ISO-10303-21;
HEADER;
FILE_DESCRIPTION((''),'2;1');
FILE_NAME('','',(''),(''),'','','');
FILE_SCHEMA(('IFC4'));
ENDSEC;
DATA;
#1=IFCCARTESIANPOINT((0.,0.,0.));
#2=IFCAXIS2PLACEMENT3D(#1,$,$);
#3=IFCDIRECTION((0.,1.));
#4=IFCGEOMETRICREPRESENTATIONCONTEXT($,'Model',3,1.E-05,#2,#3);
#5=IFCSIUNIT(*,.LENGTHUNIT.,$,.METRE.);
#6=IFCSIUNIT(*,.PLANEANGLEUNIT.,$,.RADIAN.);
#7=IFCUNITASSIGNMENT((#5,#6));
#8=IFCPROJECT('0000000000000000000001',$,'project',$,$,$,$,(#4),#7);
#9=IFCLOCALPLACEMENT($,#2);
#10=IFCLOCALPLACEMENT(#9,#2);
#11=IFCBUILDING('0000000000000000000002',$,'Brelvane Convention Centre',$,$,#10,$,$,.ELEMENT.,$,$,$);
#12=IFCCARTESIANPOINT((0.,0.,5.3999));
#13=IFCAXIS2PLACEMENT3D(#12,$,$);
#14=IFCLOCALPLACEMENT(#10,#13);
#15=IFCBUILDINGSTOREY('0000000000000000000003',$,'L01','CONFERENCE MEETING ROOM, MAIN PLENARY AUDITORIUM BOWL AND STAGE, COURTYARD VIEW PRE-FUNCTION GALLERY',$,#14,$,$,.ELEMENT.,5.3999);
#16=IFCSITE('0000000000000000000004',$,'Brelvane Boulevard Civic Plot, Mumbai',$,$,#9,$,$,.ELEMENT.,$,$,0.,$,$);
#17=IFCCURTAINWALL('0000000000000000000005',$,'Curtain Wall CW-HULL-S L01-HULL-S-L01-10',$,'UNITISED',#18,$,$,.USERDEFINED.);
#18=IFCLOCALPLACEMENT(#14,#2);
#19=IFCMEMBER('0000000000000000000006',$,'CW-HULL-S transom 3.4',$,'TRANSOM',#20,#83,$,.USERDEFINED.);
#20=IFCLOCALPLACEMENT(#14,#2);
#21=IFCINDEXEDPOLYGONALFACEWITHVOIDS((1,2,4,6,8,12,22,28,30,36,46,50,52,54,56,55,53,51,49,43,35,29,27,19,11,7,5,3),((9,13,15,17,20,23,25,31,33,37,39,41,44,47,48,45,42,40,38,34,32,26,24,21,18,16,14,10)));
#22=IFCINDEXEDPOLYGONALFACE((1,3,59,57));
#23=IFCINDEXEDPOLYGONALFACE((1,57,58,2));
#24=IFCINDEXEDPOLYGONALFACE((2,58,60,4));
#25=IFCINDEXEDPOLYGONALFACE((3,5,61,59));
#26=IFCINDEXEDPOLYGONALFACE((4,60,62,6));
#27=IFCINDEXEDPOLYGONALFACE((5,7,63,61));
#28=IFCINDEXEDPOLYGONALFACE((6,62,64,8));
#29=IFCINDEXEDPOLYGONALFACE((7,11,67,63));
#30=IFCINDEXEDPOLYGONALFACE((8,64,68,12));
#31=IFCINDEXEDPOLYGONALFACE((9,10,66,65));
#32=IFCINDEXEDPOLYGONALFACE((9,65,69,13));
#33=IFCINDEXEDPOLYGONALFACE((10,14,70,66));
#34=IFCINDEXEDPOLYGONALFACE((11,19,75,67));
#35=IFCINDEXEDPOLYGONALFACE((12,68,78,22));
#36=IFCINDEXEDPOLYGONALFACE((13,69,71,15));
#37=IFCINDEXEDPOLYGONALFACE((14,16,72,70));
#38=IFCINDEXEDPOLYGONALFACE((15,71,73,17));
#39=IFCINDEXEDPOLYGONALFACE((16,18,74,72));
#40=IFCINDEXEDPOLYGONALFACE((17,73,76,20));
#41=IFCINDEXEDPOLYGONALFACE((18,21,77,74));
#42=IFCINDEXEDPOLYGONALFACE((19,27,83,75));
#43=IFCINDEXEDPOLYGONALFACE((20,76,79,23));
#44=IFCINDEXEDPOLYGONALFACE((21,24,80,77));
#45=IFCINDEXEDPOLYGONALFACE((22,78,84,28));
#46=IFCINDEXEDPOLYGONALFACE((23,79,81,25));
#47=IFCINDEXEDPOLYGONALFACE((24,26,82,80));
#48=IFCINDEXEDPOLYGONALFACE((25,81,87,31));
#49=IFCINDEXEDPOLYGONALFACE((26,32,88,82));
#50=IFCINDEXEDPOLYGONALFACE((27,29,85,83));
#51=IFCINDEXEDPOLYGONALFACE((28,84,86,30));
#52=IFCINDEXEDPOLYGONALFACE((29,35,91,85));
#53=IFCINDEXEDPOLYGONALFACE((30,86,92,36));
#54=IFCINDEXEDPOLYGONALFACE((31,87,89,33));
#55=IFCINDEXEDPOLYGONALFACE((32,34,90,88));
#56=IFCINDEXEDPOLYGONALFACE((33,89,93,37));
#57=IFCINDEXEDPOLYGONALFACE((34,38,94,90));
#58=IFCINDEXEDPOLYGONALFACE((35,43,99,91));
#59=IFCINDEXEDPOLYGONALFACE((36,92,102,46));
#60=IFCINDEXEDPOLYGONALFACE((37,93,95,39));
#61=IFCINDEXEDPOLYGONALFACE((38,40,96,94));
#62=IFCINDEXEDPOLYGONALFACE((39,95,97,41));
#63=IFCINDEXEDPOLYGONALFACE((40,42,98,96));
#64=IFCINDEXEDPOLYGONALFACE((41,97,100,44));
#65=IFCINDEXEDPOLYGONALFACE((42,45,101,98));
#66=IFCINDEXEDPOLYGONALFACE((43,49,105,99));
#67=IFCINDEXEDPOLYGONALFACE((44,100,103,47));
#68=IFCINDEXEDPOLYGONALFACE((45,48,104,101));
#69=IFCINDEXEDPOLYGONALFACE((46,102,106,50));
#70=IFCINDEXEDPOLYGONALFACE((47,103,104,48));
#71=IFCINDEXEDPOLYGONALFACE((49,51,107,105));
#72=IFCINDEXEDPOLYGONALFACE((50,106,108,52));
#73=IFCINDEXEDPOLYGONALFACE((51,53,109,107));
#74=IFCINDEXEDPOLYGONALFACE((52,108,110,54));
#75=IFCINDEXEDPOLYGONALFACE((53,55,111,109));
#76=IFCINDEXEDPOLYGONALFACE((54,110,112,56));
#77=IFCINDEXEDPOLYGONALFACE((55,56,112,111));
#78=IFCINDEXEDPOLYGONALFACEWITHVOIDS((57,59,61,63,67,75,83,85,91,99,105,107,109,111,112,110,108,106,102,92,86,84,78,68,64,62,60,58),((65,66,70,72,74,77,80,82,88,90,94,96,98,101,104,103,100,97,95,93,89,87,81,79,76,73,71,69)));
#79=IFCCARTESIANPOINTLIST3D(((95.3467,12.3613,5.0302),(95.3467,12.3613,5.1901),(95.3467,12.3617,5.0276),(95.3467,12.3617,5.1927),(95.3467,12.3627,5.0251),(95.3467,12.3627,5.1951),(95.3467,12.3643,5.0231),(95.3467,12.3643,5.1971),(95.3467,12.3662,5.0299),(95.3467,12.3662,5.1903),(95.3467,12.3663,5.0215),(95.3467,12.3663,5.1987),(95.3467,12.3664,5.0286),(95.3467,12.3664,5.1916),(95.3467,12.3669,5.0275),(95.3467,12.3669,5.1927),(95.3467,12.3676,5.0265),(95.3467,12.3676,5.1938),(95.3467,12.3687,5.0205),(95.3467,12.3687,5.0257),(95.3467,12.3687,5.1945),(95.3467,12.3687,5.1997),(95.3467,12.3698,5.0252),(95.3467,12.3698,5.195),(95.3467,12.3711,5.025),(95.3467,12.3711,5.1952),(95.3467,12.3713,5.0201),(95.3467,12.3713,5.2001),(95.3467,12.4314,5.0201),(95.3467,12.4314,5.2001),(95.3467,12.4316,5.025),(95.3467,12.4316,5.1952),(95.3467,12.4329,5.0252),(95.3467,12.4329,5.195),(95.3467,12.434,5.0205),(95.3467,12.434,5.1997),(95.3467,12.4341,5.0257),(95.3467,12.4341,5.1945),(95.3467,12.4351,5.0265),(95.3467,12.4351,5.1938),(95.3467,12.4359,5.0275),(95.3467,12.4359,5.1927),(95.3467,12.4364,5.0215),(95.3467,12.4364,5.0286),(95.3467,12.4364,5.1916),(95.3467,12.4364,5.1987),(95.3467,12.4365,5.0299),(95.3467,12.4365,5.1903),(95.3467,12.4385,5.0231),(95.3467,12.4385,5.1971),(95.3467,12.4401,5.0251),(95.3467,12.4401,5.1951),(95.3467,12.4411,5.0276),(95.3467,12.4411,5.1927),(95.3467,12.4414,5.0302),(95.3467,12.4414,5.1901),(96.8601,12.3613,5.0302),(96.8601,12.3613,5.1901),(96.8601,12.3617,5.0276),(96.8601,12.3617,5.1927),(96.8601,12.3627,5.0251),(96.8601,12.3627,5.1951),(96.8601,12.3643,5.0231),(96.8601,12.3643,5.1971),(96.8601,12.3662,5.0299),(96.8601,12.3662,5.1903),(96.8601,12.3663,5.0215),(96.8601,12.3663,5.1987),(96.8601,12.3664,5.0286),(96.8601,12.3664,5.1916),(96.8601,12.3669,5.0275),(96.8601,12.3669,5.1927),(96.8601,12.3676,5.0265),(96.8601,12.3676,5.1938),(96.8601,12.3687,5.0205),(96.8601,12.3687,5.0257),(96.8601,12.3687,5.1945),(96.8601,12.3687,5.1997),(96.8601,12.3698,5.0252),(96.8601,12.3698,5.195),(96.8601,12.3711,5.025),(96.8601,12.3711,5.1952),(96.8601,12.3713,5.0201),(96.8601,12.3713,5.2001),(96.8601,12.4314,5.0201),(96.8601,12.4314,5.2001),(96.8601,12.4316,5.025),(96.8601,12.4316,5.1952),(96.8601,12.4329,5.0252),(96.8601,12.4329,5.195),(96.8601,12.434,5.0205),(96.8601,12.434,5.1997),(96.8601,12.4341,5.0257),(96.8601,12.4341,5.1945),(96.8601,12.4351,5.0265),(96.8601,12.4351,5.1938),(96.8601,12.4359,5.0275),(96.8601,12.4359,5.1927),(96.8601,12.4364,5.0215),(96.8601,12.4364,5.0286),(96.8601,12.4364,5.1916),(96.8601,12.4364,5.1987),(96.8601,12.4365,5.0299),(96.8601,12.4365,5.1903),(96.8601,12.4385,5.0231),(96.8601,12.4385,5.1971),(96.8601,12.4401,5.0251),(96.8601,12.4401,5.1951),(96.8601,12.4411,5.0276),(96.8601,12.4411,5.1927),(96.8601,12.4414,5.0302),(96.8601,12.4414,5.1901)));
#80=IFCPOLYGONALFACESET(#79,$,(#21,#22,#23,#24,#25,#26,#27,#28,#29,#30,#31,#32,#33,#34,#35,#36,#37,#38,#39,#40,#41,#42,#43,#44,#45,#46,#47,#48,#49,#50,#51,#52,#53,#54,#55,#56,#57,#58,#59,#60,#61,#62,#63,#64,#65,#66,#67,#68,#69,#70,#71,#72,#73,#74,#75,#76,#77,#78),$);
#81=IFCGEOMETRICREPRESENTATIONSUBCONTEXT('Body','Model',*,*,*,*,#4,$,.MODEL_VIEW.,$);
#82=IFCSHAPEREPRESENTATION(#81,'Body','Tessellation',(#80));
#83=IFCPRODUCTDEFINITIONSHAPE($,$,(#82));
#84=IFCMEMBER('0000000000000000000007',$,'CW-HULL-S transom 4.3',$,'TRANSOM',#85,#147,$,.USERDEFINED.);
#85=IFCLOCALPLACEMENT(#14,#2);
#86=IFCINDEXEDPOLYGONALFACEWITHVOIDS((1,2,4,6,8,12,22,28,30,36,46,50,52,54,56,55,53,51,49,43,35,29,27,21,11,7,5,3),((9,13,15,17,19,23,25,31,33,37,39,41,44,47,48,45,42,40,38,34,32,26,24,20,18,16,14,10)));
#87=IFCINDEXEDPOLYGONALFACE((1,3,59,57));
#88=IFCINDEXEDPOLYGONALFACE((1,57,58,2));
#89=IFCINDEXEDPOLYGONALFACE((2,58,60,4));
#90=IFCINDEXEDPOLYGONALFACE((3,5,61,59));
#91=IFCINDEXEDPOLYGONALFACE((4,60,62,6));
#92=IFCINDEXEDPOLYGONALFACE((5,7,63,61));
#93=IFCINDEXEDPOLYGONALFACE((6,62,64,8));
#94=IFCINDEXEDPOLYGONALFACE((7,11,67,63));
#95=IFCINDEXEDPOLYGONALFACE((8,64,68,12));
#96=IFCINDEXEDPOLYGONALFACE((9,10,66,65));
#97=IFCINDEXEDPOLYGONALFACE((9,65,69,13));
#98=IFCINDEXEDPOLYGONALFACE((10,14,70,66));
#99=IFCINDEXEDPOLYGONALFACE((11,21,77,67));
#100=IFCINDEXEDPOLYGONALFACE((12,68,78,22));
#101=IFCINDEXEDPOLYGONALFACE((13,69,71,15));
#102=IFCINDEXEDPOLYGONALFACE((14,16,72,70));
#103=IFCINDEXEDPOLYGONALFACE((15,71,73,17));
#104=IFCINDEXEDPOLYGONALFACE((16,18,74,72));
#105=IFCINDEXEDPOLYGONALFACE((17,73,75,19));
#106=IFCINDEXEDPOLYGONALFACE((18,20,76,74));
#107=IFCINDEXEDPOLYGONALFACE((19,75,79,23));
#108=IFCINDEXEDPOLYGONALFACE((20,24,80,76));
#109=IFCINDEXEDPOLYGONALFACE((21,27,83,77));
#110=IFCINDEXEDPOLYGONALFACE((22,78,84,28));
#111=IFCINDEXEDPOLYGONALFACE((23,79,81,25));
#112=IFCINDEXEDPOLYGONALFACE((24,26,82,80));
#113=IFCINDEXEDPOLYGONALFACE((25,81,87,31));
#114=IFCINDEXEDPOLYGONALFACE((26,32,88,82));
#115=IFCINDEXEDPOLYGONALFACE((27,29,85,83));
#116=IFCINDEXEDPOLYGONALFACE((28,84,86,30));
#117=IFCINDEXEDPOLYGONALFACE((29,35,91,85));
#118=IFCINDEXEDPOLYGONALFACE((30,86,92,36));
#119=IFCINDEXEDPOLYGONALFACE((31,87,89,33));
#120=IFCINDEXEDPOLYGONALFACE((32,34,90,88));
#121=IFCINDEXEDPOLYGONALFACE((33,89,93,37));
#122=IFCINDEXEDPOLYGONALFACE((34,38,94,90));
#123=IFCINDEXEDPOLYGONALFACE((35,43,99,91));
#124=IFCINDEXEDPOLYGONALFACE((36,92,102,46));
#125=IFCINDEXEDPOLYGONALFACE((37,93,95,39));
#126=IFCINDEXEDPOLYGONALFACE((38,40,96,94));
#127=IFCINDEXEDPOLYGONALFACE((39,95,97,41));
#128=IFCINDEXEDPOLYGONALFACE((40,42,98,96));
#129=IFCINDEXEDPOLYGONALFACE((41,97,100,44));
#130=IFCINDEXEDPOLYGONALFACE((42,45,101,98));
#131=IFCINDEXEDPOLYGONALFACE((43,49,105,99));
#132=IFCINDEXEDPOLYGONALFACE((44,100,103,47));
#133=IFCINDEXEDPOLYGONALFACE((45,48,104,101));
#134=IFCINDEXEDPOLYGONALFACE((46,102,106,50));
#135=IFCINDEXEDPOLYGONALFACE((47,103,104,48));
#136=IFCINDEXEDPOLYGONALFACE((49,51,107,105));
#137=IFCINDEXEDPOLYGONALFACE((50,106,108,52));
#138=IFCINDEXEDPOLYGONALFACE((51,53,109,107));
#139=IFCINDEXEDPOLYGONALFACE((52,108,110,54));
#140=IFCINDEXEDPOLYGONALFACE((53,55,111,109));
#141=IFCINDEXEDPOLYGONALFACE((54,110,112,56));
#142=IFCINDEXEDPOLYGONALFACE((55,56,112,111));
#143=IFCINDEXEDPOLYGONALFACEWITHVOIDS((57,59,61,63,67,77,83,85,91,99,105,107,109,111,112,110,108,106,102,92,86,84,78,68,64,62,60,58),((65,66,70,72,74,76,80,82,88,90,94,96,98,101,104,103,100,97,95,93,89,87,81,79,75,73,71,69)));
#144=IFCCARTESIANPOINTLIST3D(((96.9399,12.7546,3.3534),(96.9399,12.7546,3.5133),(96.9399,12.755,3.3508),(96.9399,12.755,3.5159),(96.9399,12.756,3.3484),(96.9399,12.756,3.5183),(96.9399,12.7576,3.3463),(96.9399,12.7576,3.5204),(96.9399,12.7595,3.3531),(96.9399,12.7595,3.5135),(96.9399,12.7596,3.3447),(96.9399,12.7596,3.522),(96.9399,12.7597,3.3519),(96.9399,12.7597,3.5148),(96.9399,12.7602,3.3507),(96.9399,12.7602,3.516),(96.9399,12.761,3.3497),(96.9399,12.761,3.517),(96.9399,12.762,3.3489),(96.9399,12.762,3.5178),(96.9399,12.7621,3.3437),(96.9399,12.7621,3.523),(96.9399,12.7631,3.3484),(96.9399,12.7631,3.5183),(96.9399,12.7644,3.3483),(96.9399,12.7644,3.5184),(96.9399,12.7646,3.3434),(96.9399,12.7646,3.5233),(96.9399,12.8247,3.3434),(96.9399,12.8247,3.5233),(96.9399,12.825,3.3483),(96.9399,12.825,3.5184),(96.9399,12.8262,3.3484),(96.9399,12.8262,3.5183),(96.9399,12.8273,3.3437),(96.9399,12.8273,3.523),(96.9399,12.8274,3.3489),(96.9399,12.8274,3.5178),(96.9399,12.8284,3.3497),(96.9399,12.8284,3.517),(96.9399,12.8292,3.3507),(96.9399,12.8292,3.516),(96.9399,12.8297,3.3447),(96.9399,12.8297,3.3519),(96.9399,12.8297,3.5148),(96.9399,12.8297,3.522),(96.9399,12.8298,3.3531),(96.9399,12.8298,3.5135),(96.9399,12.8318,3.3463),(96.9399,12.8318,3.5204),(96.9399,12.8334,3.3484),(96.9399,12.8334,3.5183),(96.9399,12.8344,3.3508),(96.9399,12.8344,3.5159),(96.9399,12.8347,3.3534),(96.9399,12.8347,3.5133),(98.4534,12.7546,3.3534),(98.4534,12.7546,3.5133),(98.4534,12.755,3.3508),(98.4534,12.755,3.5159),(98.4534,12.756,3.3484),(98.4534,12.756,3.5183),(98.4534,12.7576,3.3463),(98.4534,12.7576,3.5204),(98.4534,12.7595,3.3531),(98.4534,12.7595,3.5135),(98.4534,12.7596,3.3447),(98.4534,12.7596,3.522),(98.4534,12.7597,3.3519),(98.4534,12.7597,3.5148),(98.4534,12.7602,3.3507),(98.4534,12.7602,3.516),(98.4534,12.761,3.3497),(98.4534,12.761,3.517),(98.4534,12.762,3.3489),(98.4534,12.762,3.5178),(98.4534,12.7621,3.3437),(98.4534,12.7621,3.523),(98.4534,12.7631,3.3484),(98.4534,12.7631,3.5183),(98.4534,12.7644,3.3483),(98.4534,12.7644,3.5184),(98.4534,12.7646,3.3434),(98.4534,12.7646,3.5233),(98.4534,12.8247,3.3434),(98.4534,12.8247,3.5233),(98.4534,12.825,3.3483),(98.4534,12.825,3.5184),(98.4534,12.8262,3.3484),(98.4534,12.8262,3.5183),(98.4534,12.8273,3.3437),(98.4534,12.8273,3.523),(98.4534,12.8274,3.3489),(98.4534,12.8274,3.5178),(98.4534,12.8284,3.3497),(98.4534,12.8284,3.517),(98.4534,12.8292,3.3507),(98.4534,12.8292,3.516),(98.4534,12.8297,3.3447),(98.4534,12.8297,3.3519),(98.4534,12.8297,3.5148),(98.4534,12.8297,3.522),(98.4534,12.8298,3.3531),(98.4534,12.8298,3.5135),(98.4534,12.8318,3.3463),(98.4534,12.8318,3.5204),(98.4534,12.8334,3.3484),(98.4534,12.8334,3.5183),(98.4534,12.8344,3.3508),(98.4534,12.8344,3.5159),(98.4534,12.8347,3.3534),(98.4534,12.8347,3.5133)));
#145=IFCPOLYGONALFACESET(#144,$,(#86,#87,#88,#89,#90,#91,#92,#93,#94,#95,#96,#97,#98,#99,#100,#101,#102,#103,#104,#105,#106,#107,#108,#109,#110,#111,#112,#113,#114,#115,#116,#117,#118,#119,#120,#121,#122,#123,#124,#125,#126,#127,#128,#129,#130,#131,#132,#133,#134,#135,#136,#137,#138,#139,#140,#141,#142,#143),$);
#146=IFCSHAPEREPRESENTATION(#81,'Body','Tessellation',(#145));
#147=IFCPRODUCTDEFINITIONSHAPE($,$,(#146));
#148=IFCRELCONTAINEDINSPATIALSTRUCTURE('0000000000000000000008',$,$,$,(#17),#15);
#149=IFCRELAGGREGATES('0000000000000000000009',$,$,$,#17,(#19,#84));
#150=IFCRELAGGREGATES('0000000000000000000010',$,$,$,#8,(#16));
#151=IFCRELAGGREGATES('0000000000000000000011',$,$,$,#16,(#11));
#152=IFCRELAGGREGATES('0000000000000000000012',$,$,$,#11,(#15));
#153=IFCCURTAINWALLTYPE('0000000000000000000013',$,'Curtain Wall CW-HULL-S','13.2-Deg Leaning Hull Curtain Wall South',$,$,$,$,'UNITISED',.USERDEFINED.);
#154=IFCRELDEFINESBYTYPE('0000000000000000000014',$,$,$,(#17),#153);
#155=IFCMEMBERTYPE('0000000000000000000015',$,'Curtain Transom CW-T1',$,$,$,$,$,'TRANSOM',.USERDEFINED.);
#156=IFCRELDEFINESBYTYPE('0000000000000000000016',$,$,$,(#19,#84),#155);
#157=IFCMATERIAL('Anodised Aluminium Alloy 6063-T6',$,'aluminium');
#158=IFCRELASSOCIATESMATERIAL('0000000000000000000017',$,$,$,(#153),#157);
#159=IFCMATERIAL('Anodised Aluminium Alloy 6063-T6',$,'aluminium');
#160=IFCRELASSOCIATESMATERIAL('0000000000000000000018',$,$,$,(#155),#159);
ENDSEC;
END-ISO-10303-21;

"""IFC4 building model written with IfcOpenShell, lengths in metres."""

from ifc_helpers import new_model, si_unit, direction, frame, origin, origin_2d, place, context, subcontext, project, spatial, hollow_rectangle, extrude, material, material_profile, profile_set, type_object, element, aggregate, save


model = new_model("IFC4")

# Units and contexts
model_context = context("Model", 3, precision=1e-05, world=origin(), true_north=direction((0.0, 1.0)))
body_context = subcontext(model_context, "Body", "Model", "MODEL_VIEW")
ifc_project = project(units=[si_unit("LENGTHUNIT", "METRE"), si_unit("PLANEANGLEUNIT", "RADIAN")], contexts=[model_context])

# Site, building, storey
site_placement = place(None, origin())
site = spatial("IfcSite", under=ifc_project, at=site_placement, Name="Brelvane Boulevard Civic Plot, Mumbai", CompositionType="ELEMENT", RefElevation=0.0)
building_placement = place(site_placement, origin())
building = spatial("IfcBuilding", under=site, at=building_placement, Name="Brelvane Convention Centre", CompositionType="ELEMENT")
storey_placement = place(building_placement, frame((0.0, 0.0, 5.3999)))
storey = spatial("IfcBuildingStorey", under=building, at=storey_placement, Name="L01", Description="CONFERENCE MEETING ROOM, MAIN PLENARY AUDITORIUM BOWL AND STAGE, COURTYARD VIEW PRE-FUNCTION GALLERY", CompositionType="ELEMENT", Elevation=5.3999)

# Curtain wall, members
ifc_material_1 = material(Name="Anodised Aluminium Alloy 6063-T6", Category="aluminium")
curtain_wall_type = type_object("IfcCurtainWallType", Name="Curtain Wall CW-HULL-S", Description="13.2-Deg Leaning Hull Curtain Wall South", ElementType="UNITISED", PredefinedType="USERDEFINED", material=ifc_material_1)
ifc_material_2 = material(Name="Anodised Aluminium Alloy 6063-T6", Category="aluminium")
ifc_material_profile = material_profile(ifc_material_2, hollow_rectangle(XDim=0.0801, YDim=0.1799, WallThickness=0.0049, InnerFilletRadius=0.0049, OuterFilletRadius=0.01, at=origin_2d()), Name="ALU-T 180x80x5.0")
ifc_profile_set = profile_set([ifc_material_profile], Name="Anodised Aluminium Alloy 6063-T6")
member_type = type_object("IfcMemberType", Name="Curtain Transom CW-T1", ElementType="TRANSOM", PredefinedType="USERDEFINED", material=ifc_profile_set)
curtain_wall_1_placement = place(storey_placement, origin())
curtain_wall_1 = element("IfcCurtainWall", 1, at=curtain_wall_1_placement, inside=storey, type_object=curtain_wall_type, Name="Curtain Wall CW-HULL-S L01-HULL-S-L01-10", ObjectType="UNITISED", PredefinedType="USERDEFINED")
member_1_placement = place(storey_placement, frame((95.3467, 12.4014, 5.1101), z_axis=(1.0, 0.0, 0.0), x_axis=(0.0, 1.0, 0.0)))
member_1 = element("IfcMember", 2, at=member_1_placement, type_object=member_type, Name="CW-HULL-S transom 3.4", ObjectType="TRANSOM", PredefinedType="USERDEFINED", context=body_context, shape_type="SweptSolid", body=[
    extrude(hollow_rectangle(XDim=0.0801, YDim=0.1799, WallThickness=0.0049, InnerFilletRadius=0.0049, OuterFilletRadius=0.01, at=origin_2d()), origin(), (0.0, 0.0, 1.0), 1.5134),
])
member_2_placement = place(storey_placement, frame((96.9399, 12.7947, 3.4333), z_axis=(1.0, 0.0, 0.0), x_axis=(0.0, 1.0, 0.0)))
member_2 = element("IfcMember", 3, at=member_2_placement, type_object=member_type, Name="CW-HULL-S transom 4.3", ObjectType="TRANSOM", PredefinedType="USERDEFINED", context=body_context, shape_type="SweptSolid", body=[
    extrude(hollow_rectangle(XDim=0.0801, YDim=0.1799, WallThickness=0.0049, InnerFilletRadius=0.0049, OuterFilletRadius=0.01, at=origin_2d()), origin(), (0.0, 0.0, 1.0), 1.5134),
])

aggregate(curtain_wall_1, [member_1, member_2])

save(model, "model.ifc")
